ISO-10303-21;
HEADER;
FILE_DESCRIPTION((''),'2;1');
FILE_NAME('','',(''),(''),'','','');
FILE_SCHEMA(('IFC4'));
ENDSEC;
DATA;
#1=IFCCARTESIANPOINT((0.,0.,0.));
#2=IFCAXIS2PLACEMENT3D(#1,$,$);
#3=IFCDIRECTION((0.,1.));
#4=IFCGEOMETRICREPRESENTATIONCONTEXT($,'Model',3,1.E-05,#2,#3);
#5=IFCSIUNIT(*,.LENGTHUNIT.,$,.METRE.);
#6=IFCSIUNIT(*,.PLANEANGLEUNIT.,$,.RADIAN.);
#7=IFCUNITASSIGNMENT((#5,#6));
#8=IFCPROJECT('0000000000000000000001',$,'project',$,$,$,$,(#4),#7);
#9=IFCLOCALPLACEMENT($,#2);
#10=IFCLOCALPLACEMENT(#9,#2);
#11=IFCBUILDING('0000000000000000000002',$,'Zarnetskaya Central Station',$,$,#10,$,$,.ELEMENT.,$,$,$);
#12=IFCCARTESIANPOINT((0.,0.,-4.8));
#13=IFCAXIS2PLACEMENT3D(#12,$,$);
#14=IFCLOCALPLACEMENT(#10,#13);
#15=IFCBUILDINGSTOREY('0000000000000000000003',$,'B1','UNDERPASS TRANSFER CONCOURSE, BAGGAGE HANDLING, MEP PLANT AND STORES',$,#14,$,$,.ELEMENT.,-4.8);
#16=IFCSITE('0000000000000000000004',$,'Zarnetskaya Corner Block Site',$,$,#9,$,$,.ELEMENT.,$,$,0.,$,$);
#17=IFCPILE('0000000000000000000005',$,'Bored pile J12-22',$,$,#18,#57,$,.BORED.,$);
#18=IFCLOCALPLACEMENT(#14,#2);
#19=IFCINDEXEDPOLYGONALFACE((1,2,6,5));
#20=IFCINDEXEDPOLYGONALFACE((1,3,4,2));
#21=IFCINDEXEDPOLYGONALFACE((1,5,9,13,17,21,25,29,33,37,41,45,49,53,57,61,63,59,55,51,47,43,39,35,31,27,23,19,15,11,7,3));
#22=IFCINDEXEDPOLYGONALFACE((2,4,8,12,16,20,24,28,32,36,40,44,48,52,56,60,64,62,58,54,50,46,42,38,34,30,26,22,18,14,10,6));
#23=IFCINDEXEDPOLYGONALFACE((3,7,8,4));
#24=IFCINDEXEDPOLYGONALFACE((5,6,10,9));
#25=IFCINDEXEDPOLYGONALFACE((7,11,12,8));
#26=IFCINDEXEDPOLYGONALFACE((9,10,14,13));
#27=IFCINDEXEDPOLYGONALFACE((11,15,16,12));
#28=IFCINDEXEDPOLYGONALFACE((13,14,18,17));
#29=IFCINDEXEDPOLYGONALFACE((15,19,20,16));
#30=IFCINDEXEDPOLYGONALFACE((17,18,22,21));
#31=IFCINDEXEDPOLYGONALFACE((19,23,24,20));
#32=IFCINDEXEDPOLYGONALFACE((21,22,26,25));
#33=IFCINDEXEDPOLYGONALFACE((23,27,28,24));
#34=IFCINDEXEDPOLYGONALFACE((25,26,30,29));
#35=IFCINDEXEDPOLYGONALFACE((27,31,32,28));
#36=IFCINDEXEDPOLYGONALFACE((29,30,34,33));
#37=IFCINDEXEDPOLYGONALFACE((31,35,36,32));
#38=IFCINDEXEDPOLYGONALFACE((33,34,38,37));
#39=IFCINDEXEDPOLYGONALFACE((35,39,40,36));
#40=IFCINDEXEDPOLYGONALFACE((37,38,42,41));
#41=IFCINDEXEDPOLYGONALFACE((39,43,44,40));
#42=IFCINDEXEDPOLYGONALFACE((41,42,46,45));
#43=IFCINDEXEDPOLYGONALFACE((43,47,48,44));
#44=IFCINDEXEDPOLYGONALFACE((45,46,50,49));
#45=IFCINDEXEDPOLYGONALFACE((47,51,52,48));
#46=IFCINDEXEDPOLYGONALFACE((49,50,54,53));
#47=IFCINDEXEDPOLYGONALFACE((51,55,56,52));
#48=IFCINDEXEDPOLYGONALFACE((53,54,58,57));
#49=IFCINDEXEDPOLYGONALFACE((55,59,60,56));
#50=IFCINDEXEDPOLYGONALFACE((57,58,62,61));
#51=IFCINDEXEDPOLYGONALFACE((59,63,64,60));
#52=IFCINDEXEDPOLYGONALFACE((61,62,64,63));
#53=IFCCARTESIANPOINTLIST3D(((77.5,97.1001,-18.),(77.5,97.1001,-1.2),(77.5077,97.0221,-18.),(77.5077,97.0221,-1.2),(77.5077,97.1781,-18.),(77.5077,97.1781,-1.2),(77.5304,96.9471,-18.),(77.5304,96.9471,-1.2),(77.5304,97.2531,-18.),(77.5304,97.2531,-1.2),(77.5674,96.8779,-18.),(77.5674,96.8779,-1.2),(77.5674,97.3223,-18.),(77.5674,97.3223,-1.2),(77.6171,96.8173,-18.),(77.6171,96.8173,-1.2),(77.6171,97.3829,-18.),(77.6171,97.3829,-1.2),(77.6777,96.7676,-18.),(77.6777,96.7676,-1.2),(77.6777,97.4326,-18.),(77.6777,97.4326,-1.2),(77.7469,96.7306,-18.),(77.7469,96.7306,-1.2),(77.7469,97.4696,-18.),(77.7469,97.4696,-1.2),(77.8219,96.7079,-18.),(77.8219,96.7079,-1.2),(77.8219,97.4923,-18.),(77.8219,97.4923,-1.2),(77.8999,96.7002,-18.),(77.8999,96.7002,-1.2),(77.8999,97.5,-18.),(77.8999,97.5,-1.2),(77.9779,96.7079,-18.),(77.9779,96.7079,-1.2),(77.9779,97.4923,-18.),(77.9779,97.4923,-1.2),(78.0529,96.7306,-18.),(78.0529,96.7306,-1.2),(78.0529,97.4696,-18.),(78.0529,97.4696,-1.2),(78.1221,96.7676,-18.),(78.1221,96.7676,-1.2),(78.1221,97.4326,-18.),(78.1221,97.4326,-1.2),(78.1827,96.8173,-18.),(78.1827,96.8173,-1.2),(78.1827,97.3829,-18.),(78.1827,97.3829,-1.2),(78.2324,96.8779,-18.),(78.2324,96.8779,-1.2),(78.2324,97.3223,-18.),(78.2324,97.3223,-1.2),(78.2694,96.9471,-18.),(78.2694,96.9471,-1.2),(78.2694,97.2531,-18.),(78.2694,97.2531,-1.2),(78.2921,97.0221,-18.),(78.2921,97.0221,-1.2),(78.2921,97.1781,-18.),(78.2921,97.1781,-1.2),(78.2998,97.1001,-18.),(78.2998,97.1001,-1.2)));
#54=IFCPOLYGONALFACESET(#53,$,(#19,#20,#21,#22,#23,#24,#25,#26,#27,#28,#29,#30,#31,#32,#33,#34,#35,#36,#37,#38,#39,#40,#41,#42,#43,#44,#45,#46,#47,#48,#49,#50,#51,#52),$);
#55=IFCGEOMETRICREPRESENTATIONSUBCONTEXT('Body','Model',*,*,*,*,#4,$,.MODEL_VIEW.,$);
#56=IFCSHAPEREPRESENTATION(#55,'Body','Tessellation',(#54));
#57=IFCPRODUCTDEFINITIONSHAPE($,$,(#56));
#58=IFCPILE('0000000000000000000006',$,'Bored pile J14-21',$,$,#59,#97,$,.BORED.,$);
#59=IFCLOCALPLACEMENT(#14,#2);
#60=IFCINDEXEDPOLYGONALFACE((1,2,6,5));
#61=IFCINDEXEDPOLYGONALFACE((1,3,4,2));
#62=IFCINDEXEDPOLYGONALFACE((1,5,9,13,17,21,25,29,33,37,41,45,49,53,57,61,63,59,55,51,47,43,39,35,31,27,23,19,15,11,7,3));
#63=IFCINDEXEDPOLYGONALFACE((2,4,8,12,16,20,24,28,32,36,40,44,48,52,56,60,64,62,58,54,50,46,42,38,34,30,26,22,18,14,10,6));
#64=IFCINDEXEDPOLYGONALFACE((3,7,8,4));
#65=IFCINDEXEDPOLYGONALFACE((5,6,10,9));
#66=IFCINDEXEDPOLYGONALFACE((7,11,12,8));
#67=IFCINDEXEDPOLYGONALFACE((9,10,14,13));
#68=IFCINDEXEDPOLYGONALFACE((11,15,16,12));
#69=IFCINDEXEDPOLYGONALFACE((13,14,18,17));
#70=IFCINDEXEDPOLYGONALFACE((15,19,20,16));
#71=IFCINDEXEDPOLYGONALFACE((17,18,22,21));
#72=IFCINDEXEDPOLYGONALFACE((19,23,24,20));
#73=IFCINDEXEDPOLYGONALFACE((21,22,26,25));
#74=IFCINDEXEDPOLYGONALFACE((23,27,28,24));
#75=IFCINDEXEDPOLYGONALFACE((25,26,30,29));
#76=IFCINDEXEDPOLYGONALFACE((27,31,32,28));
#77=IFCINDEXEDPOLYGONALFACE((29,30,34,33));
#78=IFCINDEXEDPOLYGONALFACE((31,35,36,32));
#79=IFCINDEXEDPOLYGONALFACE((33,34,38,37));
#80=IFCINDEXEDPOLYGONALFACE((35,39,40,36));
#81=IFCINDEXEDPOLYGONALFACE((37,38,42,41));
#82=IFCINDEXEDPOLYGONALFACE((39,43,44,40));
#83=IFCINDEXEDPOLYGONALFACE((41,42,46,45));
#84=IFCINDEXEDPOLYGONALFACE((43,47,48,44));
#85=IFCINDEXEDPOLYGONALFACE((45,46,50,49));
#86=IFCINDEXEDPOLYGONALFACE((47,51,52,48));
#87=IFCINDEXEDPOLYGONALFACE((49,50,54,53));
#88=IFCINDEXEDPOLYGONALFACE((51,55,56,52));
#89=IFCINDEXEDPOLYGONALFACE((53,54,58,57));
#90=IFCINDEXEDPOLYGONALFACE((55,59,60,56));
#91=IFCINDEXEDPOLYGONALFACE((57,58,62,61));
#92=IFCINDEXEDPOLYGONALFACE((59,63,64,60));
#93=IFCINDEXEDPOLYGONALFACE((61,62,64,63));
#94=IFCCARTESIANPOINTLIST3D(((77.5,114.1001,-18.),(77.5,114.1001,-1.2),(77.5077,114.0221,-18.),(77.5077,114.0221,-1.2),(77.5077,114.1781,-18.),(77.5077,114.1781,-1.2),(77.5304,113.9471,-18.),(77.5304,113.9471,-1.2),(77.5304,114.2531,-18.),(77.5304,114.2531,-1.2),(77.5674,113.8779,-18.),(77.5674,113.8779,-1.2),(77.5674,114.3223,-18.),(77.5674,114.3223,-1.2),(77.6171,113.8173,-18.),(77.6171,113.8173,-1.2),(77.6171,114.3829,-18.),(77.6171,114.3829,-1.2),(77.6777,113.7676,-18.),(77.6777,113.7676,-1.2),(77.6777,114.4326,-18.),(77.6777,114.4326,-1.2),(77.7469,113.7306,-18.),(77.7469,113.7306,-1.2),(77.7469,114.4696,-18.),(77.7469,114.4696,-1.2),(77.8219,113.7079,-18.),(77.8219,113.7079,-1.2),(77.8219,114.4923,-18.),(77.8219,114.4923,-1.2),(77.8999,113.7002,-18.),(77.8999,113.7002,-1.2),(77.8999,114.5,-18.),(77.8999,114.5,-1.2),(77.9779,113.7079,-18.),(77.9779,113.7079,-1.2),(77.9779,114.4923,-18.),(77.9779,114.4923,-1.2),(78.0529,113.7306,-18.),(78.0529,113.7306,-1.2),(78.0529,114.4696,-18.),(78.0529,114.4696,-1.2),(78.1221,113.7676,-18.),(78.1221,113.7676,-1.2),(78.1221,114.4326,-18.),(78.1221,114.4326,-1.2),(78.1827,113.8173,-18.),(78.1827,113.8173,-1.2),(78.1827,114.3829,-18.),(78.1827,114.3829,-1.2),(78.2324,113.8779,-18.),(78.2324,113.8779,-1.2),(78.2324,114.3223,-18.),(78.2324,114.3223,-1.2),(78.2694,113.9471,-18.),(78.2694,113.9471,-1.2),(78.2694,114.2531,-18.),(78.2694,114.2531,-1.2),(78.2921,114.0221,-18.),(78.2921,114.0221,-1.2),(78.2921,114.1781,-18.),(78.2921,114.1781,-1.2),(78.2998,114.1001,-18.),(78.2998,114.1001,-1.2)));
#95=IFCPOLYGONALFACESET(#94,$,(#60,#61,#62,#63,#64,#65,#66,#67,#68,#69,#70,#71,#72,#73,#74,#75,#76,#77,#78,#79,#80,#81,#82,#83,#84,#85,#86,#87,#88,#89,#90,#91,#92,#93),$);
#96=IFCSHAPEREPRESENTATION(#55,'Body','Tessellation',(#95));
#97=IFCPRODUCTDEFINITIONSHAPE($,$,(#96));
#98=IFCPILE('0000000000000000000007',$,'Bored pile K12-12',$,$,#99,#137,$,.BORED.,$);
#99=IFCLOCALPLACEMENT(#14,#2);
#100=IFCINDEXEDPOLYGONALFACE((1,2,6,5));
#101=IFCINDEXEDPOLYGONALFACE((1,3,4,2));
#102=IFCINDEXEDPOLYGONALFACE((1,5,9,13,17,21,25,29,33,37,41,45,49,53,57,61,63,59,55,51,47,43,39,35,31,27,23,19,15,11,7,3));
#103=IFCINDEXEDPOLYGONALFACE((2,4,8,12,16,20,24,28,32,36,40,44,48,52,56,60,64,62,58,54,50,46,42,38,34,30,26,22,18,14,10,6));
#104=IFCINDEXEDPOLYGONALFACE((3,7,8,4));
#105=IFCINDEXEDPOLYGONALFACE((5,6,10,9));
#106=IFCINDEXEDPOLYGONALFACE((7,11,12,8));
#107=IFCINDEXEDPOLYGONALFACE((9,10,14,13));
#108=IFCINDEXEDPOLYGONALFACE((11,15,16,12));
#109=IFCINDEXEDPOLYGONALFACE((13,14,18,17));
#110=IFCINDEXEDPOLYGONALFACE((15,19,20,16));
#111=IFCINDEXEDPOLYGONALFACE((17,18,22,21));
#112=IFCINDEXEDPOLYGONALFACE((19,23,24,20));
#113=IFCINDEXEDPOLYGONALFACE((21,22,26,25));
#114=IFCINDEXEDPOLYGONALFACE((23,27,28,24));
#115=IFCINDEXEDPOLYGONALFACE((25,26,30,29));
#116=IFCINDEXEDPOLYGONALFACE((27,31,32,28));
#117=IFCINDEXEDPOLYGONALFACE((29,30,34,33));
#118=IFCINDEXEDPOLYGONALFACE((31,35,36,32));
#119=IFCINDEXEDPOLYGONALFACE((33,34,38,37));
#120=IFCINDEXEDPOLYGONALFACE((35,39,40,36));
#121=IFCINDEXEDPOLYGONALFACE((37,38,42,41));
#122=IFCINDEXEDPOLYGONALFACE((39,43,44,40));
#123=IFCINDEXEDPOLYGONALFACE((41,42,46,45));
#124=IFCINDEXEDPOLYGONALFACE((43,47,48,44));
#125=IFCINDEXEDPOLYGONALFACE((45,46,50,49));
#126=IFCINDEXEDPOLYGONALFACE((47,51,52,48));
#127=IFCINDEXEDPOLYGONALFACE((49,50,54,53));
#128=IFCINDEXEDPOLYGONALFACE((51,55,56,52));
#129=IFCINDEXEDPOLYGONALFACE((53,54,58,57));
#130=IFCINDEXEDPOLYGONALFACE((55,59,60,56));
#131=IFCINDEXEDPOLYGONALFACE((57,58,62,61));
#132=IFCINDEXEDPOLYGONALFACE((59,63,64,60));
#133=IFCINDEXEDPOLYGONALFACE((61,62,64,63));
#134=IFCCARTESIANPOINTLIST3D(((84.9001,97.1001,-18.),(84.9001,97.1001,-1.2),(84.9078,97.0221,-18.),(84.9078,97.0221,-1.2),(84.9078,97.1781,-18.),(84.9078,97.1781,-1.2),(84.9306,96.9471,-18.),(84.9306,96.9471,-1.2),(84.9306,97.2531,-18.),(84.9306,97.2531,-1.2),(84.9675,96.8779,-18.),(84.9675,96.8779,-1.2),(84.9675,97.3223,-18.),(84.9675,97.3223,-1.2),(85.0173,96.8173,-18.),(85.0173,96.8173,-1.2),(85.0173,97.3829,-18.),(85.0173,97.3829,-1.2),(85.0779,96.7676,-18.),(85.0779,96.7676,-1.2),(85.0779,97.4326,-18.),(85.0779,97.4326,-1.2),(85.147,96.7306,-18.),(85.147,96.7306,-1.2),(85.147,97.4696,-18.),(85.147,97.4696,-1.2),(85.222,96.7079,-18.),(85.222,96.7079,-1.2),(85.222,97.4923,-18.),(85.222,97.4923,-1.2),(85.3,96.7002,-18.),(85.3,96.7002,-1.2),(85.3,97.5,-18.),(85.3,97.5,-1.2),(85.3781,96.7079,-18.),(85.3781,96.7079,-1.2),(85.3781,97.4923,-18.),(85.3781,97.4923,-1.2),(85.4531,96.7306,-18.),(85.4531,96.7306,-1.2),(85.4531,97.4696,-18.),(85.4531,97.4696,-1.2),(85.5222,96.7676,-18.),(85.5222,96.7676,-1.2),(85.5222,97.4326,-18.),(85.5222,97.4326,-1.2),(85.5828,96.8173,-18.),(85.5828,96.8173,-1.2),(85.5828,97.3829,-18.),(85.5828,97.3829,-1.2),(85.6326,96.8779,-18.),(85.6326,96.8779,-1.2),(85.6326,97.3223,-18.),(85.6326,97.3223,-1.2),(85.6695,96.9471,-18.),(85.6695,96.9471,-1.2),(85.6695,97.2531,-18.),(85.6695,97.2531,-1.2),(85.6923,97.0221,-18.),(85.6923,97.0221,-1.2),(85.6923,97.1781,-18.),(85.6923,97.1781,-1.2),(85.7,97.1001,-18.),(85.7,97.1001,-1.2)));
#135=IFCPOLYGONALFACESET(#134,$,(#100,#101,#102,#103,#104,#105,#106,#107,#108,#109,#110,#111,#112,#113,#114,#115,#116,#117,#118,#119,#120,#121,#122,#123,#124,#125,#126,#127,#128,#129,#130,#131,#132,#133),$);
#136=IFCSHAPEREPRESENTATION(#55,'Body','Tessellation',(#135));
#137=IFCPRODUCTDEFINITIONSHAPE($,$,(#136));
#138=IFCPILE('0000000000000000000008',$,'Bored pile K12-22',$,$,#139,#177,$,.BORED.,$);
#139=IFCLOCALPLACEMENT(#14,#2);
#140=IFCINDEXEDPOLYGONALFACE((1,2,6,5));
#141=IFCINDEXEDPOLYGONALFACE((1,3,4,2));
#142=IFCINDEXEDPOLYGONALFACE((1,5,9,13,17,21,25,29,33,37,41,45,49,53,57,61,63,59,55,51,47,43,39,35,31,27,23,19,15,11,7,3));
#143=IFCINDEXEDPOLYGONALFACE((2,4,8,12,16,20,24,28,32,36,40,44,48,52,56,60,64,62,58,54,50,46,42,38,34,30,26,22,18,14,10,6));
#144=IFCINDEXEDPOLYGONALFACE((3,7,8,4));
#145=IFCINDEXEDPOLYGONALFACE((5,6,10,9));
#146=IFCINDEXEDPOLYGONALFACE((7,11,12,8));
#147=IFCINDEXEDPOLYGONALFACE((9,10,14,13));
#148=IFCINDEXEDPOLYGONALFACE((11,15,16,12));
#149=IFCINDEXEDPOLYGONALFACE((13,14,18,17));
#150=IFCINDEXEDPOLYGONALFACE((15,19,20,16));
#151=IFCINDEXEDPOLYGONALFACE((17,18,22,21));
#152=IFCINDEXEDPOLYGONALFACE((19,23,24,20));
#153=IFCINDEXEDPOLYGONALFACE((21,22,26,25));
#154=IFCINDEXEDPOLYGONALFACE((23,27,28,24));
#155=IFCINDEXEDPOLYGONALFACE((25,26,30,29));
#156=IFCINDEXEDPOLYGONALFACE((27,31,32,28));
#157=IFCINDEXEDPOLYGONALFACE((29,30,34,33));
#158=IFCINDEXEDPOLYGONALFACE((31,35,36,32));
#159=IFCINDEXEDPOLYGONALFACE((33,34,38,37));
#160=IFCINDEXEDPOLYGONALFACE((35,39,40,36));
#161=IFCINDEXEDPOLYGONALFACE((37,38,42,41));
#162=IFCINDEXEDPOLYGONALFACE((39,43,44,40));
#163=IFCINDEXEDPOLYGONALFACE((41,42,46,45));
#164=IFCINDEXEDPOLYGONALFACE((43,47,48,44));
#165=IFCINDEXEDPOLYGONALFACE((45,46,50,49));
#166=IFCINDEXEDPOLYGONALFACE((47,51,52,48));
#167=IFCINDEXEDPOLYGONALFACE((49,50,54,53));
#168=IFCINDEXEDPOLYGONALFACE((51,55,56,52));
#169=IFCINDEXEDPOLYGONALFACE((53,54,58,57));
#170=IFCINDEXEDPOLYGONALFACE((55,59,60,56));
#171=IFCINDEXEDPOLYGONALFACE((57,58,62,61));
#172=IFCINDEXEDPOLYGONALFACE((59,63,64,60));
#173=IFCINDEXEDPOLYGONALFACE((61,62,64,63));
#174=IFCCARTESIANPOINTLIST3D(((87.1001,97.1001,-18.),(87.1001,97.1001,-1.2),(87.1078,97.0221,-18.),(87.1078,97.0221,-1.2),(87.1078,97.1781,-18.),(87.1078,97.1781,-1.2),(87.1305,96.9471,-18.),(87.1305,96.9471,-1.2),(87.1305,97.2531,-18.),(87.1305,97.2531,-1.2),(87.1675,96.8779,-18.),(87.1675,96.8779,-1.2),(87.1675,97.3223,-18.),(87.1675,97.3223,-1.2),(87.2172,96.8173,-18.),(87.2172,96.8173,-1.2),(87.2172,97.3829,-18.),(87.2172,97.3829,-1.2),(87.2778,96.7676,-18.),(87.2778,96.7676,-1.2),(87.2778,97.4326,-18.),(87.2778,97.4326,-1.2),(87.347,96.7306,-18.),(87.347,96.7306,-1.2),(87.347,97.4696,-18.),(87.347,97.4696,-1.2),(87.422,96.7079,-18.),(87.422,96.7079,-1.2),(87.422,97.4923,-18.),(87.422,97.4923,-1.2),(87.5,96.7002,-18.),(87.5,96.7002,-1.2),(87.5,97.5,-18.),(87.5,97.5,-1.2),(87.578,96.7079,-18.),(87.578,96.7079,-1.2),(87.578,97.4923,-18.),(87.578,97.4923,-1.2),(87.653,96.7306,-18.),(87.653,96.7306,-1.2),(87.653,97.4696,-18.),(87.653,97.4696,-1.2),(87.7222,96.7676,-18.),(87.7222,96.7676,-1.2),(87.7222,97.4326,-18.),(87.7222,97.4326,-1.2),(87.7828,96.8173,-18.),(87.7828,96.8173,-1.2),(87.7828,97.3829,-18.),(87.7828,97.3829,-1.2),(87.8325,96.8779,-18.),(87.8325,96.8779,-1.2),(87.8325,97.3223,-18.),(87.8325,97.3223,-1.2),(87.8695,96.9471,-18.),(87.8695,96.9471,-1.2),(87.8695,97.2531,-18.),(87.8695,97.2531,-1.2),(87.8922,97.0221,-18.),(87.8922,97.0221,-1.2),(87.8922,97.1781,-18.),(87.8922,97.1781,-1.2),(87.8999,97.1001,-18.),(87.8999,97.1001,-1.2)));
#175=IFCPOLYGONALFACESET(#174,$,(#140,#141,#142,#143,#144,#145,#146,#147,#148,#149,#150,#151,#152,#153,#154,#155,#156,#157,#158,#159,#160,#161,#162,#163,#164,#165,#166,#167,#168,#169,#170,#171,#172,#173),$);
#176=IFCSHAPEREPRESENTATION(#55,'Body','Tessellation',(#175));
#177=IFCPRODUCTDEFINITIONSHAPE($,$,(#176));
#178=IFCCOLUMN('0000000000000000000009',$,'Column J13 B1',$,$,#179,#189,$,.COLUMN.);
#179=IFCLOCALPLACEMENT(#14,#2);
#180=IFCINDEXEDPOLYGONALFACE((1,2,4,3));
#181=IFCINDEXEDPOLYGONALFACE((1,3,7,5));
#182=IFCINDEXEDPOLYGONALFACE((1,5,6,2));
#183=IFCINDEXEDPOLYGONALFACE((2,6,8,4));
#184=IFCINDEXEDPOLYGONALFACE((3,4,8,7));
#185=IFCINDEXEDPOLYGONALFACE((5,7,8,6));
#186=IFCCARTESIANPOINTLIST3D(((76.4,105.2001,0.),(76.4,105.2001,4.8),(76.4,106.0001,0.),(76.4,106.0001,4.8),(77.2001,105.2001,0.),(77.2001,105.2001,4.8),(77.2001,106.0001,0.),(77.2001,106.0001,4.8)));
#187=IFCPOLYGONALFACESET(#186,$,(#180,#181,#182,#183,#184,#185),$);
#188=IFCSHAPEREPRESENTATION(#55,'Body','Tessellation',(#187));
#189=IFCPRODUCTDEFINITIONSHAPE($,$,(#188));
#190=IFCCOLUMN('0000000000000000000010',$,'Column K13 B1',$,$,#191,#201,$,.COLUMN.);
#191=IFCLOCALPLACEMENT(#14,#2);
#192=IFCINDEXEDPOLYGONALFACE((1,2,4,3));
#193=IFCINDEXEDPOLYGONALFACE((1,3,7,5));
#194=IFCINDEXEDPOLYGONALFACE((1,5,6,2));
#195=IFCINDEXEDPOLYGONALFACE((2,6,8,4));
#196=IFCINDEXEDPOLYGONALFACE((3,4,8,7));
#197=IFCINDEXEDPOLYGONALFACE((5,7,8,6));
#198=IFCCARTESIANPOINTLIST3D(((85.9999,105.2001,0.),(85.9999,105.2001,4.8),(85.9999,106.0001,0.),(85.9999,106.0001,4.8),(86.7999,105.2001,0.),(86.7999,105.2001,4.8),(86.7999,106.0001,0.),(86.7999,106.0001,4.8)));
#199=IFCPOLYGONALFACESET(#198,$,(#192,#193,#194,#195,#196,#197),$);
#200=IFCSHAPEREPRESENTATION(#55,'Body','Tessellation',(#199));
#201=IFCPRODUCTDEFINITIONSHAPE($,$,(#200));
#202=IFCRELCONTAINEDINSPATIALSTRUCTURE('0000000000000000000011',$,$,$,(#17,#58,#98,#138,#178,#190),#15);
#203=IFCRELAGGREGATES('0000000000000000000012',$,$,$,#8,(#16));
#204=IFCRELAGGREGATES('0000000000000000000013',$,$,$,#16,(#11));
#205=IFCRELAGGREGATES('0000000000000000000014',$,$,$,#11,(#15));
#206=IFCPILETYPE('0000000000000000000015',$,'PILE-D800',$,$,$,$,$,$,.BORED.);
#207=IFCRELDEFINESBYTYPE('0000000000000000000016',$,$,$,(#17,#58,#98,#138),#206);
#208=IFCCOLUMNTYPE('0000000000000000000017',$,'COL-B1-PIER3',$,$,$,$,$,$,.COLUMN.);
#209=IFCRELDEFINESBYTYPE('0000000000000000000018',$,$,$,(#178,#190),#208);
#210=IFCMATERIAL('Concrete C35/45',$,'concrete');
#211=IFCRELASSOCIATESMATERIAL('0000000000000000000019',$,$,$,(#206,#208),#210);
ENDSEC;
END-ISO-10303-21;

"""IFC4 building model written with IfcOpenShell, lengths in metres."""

from ifc_helpers import new_model, si_unit, direction, frame, origin, origin_2d, place, context, subcontext, project, spatial, rectangle, circle, extrude, material, material_profile, profile_set, type_object, element, save


model = new_model("IFC4")

# Units and contexts
model_context = context("Model", 3, precision=1e-05, world=origin(), true_north=direction((0.0, 1.0)))
body_context = subcontext(model_context, "Body", "Model", "MODEL_VIEW")
ifc_project = project(units=[si_unit("LENGTHUNIT", "METRE"), si_unit("PLANEANGLEUNIT", "RADIAN")], contexts=[model_context])

# Site, building, storey
site_placement = place(None, origin())
site = spatial("IfcSite", under=ifc_project, at=site_placement, Name="Zarnetskaya Corner Block Site", CompositionType="ELEMENT", RefElevation=0.0)
building_placement = place(site_placement, origin())
building = spatial("IfcBuilding", under=site, at=building_placement, Name="Zarnetskaya Central Station", CompositionType="ELEMENT")
storey_placement = place(building_placement, frame((0.0, 0.0, -4.8)))
storey = spatial("IfcBuildingStorey", under=building, at=storey_placement, Name="B1", Description="UNDERPASS TRANSFER CONCOURSE, BAGGAGE HANDLING, MEP PLANT AND STORES", CompositionType="ELEMENT", Elevation=-4.8)

# Shared definitions
ifc_material = material(Name="Concrete C35/45", Category="concrete")

# Piles
ifc_material_profile_1 = material_profile(ifc_material, circle(Radius=0.3999, at=origin_2d()), Name="BORED PILE D800")
ifc_profile_set_1 = profile_set([ifc_material_profile_1], Name="Concrete C35/45")
pile_type_1 = type_object("IfcPileType", Name="PILE-D800", PredefinedType="BORED", material=ifc_profile_set_1)
for number, where, z_axis, x_axis, name in (
    (1, (77.8999, 97.1001, -1.2), (0.0, 0.0, -1.0), (1.0, 0.0, 0.0), "Bored pile J12-22"),
    (2, (77.8999, 114.1001, -1.2), (0.0, 0.0, -1.0), (1.0, 0.0, 0.0), "Bored pile J14-21"),
    (3, (85.3, 97.1001, -1.2), (0.0, 0.0, -1.0), (1.0, 0.0, 0.0), "Bored pile K12-12"),
    (4, (87.5, 97.1001, -1.2), (0.0, 0.0, -1.0), (1.0, 0.0, 0.0), "Bored pile K12-22"),
):
    element("IfcPile", number, at=place(storey_placement, frame(where, z_axis=z_axis, x_axis=x_axis)), inside=storey, type_object=pile_type_1, Name=name, PredefinedType="BORED", context=body_context, shape_type="SweptSolid", body=[
        extrude(circle(Radius=0.3999, at=origin_2d()), origin(), (0.0, 0.0, 1.0), 16.8),
    ])

# Columns
ifc_material_profile_2 = material_profile(ifc_material, rectangle(XDim=0.8, YDim=0.8, at=origin_2d()), Name="RC 800x800")
ifc_profile_set_2 = profile_set([ifc_material_profile_2], Name="Concrete C35/45")
column_type_1 = type_object("IfcColumnType", Name="COL-B1-PIER3", PredefinedType="COLUMN", material=ifc_profile_set_2)
for number, where, z_axis, x_axis, name in (
    (5, (76.8, 105.6001, 0.0), (0.0, 0.0, 1.0), (1.0, 0.0, 0.0), "Column J13 B1"),
    (6, (86.3999, 105.6001, 0.0), (0.0, 0.0, 1.0), (1.0, 0.0, 0.0), "Column K13 B1"),
):
    element("IfcColumn", number, at=place(storey_placement, frame(where, z_axis=z_axis, x_axis=x_axis)), inside=storey, type_object=column_type_1, Name=name, PredefinedType="COLUMN", context=body_context, shape_type="SweptSolid", body=[
        extrude(rectangle(XDim=0.8, YDim=0.8, at=origin_2d()), origin(), (0.0, 0.0, 1.0), 4.8),
    ])

save(model, "model.ifc")
